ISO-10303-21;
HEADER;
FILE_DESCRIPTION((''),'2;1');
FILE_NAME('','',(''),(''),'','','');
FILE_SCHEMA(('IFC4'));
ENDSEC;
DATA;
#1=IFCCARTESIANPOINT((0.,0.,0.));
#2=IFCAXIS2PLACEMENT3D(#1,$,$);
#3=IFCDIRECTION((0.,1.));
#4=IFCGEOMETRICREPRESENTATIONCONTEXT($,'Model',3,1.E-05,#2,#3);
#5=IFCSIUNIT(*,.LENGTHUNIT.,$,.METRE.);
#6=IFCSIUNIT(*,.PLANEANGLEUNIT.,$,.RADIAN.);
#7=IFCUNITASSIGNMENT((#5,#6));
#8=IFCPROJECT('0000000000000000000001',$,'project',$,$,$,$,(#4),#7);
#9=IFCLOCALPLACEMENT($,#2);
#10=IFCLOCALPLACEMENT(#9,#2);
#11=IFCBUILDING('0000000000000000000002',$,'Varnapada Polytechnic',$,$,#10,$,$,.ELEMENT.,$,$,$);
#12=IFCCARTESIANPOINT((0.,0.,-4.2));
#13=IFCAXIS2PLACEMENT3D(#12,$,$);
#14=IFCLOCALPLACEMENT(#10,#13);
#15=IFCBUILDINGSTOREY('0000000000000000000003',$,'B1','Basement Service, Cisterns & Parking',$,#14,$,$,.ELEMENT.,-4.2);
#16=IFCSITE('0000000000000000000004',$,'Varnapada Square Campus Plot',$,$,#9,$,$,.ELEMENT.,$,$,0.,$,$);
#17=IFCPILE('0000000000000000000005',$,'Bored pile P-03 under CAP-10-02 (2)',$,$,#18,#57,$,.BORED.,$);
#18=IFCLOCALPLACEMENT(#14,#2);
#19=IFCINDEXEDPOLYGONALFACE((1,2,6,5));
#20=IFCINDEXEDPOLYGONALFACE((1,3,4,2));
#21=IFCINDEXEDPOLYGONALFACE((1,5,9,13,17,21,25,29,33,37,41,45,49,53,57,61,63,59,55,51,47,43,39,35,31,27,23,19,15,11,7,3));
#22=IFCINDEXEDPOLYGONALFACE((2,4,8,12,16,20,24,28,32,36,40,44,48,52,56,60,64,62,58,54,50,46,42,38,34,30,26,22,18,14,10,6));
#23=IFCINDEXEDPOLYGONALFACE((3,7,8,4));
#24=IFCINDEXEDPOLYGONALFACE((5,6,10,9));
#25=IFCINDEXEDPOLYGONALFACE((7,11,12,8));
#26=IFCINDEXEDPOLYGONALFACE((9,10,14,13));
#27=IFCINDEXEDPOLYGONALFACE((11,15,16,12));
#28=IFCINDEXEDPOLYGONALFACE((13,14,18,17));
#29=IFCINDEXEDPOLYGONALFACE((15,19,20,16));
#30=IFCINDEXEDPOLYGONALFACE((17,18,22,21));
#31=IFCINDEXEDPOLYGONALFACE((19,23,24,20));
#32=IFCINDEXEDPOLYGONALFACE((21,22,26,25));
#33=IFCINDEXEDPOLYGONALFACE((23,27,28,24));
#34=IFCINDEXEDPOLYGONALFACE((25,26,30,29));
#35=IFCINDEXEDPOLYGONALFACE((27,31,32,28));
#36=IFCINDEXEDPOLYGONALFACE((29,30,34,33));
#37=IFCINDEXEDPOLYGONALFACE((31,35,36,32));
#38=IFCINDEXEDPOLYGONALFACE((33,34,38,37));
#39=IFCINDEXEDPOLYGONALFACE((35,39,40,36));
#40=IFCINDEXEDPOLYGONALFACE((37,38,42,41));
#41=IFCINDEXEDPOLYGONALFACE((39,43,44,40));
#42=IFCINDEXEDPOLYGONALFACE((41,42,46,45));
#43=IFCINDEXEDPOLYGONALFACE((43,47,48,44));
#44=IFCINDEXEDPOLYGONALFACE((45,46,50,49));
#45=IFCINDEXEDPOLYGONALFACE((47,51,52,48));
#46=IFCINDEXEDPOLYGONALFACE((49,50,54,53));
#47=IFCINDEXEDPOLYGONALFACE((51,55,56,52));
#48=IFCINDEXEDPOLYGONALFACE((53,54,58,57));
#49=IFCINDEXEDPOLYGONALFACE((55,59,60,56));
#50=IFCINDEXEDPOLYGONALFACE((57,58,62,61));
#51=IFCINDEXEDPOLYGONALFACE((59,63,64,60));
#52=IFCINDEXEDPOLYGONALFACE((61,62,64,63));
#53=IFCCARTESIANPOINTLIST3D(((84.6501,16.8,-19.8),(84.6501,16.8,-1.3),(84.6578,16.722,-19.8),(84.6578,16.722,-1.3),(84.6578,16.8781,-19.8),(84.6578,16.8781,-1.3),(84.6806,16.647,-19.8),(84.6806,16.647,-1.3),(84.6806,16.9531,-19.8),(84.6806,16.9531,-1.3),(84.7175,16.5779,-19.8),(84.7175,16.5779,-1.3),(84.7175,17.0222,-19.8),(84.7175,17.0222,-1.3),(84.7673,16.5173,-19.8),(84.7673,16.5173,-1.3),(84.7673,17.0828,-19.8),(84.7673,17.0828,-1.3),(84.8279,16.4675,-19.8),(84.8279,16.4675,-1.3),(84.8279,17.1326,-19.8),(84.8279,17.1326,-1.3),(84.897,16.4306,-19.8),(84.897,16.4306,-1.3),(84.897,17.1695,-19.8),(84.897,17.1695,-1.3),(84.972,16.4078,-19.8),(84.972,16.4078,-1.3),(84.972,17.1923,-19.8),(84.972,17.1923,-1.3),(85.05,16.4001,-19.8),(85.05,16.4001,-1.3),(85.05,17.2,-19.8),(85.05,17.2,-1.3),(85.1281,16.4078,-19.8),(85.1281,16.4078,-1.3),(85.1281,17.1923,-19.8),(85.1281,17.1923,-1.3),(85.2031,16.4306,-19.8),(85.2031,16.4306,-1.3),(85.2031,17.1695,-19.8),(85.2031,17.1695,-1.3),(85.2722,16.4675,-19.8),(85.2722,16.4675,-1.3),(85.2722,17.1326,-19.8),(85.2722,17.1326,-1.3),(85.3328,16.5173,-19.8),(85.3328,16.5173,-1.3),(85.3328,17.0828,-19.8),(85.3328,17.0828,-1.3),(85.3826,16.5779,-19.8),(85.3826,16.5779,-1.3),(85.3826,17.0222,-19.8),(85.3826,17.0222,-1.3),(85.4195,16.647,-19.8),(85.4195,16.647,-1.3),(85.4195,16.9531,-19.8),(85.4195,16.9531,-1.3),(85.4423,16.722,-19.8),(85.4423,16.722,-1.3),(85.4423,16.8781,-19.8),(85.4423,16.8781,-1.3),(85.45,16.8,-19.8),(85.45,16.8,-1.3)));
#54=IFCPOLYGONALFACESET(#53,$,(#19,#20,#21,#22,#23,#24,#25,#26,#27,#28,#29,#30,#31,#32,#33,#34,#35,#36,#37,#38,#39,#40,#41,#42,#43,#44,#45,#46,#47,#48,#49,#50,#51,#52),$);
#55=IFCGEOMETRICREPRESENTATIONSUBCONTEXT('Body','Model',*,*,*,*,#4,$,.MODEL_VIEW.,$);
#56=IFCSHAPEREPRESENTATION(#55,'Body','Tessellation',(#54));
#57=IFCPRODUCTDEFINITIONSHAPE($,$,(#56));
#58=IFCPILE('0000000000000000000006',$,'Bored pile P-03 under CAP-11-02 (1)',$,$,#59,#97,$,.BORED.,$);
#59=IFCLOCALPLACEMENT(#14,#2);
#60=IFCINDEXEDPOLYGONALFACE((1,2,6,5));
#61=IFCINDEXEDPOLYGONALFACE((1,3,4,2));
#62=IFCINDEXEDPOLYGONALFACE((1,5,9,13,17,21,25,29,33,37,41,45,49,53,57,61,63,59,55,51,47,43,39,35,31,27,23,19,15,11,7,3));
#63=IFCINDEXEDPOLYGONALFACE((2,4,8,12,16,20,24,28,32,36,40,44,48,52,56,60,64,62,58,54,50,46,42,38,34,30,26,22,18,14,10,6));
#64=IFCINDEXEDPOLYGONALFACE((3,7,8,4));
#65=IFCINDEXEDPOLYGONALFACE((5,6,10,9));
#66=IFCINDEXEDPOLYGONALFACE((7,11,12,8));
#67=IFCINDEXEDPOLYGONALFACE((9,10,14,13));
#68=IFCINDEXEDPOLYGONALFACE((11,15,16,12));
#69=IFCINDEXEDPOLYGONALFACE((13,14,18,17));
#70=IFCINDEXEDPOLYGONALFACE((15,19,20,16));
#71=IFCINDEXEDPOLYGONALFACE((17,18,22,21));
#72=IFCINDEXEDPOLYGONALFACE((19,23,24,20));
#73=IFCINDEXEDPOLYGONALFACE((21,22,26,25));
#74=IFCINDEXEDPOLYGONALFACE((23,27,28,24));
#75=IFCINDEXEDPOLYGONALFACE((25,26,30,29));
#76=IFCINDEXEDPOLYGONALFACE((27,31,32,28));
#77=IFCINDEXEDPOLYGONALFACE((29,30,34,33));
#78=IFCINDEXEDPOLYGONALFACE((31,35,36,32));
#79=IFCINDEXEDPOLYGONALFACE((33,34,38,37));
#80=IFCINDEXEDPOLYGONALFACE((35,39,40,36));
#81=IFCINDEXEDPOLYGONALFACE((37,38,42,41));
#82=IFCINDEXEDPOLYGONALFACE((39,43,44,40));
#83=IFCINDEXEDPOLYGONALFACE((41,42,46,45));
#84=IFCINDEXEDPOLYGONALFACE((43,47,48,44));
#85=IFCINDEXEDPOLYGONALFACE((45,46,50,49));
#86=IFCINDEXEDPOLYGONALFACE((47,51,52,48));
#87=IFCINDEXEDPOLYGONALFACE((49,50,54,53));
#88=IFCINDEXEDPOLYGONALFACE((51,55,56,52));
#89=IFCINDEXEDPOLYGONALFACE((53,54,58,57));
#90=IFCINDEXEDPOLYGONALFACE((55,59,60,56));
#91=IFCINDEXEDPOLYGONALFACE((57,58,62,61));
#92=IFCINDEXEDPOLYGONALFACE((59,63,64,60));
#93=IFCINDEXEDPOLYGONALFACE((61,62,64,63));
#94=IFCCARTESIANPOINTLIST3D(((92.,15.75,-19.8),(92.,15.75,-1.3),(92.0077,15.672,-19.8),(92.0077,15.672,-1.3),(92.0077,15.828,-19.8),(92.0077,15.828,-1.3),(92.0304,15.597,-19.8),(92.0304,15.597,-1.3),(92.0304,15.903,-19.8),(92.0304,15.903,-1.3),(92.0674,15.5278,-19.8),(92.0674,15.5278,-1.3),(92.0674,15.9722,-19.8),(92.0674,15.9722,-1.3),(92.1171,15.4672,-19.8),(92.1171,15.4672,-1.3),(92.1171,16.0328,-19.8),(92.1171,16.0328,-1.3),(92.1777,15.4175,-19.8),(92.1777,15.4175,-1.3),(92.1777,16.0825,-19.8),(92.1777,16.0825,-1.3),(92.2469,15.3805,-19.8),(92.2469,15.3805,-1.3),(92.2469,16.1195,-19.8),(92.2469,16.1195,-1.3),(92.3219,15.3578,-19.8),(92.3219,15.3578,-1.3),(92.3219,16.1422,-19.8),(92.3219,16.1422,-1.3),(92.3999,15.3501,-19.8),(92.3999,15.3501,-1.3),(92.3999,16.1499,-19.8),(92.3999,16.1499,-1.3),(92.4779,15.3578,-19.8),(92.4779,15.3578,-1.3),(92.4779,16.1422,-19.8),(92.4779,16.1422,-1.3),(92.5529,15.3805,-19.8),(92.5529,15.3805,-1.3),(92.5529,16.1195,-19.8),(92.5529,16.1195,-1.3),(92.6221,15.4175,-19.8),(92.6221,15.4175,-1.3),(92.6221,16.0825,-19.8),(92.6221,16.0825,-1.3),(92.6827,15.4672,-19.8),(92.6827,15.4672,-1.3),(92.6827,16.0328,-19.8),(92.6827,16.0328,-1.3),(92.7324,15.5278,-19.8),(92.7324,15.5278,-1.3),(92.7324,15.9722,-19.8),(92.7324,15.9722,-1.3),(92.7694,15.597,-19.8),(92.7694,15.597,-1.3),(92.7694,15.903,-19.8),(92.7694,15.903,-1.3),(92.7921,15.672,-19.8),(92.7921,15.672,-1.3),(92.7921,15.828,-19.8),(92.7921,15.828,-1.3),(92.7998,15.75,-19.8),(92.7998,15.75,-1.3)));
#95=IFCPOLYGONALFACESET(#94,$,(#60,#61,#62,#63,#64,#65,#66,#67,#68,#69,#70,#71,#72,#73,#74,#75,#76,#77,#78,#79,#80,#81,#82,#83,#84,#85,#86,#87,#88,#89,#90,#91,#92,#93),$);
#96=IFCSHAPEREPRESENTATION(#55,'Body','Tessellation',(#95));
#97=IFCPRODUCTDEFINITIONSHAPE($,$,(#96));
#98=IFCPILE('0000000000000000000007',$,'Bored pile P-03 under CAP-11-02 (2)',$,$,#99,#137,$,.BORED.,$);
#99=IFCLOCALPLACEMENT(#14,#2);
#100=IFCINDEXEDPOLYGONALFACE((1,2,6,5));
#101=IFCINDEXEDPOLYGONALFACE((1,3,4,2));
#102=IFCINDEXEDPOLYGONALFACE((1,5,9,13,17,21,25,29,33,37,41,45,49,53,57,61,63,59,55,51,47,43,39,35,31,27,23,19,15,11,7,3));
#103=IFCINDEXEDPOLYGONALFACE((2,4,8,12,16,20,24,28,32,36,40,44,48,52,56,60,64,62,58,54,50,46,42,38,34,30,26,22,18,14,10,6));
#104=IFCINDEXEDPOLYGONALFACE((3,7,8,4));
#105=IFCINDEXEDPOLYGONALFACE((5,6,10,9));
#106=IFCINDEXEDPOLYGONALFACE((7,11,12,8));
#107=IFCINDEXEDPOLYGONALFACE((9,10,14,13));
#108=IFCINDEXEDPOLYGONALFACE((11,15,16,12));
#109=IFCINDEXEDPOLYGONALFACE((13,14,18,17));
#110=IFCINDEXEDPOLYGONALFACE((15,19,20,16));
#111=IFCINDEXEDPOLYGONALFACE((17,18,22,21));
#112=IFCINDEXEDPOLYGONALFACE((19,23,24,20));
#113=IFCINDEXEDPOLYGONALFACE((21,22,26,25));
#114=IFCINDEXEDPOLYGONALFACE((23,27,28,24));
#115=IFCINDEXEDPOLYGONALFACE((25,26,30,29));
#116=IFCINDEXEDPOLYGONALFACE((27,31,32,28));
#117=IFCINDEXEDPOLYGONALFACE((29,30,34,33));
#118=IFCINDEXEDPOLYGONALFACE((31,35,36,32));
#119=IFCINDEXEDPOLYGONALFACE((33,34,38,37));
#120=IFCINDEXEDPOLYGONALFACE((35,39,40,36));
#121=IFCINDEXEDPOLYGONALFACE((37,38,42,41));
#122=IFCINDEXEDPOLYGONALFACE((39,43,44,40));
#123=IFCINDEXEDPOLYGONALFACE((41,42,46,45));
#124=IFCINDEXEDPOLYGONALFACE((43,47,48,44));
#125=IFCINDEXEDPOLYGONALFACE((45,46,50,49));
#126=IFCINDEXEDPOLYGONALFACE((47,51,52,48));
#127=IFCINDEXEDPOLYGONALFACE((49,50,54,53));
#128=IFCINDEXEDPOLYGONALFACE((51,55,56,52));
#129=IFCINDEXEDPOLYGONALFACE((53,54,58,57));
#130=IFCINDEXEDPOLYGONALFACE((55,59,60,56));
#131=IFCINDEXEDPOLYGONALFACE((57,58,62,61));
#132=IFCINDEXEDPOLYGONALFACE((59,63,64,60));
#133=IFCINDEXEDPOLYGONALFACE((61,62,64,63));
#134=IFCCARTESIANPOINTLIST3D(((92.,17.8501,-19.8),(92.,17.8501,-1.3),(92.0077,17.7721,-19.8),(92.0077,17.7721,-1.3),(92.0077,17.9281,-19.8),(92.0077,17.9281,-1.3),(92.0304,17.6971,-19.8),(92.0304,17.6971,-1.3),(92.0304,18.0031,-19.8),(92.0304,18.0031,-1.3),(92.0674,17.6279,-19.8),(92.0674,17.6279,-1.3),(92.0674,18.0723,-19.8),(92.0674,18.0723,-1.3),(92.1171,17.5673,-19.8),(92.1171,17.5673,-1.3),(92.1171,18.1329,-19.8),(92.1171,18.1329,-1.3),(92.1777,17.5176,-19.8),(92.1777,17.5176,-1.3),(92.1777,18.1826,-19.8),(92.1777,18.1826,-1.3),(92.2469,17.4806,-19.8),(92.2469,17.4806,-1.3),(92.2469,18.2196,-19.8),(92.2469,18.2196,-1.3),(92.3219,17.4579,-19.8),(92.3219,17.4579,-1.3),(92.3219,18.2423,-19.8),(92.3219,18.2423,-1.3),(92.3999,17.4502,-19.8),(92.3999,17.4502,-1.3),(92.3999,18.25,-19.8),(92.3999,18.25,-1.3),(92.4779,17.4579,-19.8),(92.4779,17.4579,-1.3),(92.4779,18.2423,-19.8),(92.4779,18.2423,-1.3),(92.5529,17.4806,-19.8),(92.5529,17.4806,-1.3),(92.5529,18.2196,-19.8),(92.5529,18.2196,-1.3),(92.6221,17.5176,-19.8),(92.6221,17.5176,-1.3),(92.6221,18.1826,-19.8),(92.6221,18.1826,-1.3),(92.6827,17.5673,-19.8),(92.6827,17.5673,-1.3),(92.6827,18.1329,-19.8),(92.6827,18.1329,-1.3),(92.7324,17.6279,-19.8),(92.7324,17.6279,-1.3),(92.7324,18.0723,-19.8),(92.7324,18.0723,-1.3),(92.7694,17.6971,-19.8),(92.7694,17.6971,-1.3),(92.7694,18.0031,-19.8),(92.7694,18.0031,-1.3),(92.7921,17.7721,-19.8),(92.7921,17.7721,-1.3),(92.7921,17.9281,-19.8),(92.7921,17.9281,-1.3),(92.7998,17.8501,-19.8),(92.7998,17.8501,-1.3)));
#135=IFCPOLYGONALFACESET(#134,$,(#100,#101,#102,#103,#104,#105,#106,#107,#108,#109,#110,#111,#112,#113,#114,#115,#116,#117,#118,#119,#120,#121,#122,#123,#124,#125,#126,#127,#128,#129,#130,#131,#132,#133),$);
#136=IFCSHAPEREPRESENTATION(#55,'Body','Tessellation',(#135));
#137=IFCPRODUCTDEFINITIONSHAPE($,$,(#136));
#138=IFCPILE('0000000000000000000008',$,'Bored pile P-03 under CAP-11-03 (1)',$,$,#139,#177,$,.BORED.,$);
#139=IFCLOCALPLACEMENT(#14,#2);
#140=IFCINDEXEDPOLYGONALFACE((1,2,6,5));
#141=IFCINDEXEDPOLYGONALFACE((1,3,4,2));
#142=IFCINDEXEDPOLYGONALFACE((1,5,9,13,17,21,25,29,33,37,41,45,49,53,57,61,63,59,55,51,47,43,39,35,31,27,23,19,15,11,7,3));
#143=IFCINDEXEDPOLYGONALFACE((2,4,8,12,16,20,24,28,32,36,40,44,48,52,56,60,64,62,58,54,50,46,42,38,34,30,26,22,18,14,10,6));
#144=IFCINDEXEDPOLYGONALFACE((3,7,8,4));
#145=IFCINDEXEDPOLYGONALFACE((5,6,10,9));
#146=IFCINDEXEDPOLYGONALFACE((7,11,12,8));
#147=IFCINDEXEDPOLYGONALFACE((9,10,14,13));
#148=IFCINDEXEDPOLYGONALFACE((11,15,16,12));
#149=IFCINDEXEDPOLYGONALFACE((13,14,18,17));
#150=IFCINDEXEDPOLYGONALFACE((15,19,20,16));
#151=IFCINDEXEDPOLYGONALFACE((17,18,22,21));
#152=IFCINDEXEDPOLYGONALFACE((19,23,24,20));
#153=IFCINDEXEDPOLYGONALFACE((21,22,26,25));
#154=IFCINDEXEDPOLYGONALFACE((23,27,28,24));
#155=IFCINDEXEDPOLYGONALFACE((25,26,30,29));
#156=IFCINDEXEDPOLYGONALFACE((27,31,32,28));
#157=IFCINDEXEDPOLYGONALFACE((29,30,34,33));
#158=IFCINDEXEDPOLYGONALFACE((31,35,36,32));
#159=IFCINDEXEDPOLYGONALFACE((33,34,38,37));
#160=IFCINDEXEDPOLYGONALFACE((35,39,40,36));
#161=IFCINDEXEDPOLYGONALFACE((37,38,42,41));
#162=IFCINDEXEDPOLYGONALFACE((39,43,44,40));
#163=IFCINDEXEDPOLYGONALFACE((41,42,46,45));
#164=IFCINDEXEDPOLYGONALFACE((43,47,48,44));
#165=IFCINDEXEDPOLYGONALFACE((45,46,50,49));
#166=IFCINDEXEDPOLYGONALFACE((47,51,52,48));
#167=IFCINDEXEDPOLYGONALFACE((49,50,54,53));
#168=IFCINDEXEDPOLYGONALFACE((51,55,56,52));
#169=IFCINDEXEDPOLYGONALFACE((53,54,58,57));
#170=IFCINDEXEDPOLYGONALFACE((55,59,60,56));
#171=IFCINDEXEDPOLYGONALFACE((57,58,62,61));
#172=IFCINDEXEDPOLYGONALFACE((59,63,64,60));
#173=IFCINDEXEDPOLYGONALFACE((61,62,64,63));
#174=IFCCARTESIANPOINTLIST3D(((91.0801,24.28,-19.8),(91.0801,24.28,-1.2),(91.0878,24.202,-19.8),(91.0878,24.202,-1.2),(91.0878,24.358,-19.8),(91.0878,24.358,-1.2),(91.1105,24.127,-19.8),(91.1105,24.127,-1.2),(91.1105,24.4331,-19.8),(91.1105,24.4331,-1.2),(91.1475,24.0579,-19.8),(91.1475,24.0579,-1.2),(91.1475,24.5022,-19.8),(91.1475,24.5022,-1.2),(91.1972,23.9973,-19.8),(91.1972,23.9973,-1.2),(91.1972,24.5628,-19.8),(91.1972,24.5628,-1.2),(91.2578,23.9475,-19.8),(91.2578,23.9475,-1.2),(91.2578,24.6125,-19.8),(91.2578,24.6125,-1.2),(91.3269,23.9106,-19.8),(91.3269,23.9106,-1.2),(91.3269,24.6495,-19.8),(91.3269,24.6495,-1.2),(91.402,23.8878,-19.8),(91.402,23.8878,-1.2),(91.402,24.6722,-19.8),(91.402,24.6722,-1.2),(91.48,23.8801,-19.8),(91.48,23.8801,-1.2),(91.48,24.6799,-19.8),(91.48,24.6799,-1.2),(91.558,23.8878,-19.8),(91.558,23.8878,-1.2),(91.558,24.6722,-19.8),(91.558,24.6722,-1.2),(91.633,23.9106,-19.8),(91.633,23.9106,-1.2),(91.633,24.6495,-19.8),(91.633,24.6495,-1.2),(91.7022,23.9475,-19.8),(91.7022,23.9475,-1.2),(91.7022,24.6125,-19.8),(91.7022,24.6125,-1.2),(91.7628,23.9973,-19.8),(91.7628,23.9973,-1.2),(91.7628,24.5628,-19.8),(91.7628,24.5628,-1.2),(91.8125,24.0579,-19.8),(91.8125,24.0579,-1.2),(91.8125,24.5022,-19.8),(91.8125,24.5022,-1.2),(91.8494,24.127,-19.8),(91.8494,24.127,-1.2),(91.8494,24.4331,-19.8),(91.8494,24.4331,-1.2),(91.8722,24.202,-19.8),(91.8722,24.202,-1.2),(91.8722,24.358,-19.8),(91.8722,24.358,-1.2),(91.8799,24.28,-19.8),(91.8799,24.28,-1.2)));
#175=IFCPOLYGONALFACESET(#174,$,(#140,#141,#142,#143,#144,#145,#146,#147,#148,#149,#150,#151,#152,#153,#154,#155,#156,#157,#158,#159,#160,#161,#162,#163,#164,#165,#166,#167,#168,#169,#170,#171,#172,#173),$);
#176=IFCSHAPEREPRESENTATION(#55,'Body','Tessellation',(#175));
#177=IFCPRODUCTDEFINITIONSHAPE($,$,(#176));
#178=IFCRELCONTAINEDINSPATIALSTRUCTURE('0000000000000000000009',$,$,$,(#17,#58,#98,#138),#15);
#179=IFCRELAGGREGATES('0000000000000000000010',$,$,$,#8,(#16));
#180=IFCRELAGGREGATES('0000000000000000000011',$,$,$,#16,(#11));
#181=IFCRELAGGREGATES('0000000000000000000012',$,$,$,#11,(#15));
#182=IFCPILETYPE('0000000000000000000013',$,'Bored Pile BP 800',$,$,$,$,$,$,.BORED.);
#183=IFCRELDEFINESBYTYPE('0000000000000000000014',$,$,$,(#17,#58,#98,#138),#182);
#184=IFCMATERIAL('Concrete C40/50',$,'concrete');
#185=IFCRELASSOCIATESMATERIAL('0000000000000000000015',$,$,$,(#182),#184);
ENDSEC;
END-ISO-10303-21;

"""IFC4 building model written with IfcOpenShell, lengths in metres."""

from ifc_helpers import new_model, si_unit, direction, frame, origin, origin_2d, place, context, subcontext, project, spatial, circle, extrude, material, material_profile, profile_set, type_object, element, save


model = new_model("IFC4")

# Units and contexts
model_context = context("Model", 3, precision=1e-05, world=origin(), true_north=direction((0.0, 1.0)))
body_context = subcontext(model_context, "Body", "Model", "MODEL_VIEW")
ifc_project = project(units=[si_unit("LENGTHUNIT", "METRE"), si_unit("PLANEANGLEUNIT", "RADIAN")], contexts=[model_context])

# Site, building, storey
site_placement = place(None, origin())
site = spatial("IfcSite", under=ifc_project, at=site_placement, Name="Varnapada Square Campus Plot", CompositionType="ELEMENT", RefElevation=0.0)
building_placement = place(site_placement, origin())
building = spatial("IfcBuilding", under=site, at=building_placement, Name="Varnapada Polytechnic", CompositionType="ELEMENT")
storey_placement = place(building_placement, frame((0.0, 0.0, -4.2)))
storey = spatial("IfcBuildingStorey", under=building, at=storey_placement, Name="B1", Description="Basement Service, Cisterns & Parking", CompositionType="ELEMENT", Elevation=-4.2)

# Piles
ifc_material_1 = material(Name="Concrete C40/50", Category="concrete")
ifc_material_profile_1 = material_profile(ifc_material_1, circle(Radius=0.3999, at=origin_2d()), Name="BP 800")
ifc_profile_set_1 = profile_set([ifc_material_profile_1], Name="Concrete C40/50")
pile_type = type_object("IfcPileType", Name="Bored Pile BP 800", PredefinedType="BORED", material=ifc_profile_set_1)
for number, where, z_axis, x_axis, name in (
    (1, (85.05, 16.8, -1.3), (0.0, 0.0, -1.0), (1.0, 0.0, 0.0), "Bored pile P-03 under CAP-10-02 (2)"),
    (2, (92.3999, 15.75, -1.3), (0.0, 0.0, -1.0), (1.0, 0.0, 0.0), "Bored pile P-03 under CAP-11-02 (1)"),
    (3, (92.3999, 17.8501, -1.3), (0.0, 0.0, -1.0), (1.0, 0.0, 0.0), "Bored pile P-03 under CAP-11-02 (2)"),
):
    element("IfcPile", number, at=place(storey_placement, frame(where, z_axis=z_axis, x_axis=x_axis)), inside=storey, type_object=pile_type, Name=name, PredefinedType="BORED", context=body_context, shape_type="SweptSolid", body=[
        extrude(circle(Radius=0.3999, at=origin_2d()), origin(), (0.0, 0.0, 1.0), 18.5),
    ])
for number, where, z_axis, x_axis, name in (
    (4, (91.48, 24.28, -1.2), (0.0, 0.0, -1.0), (1.0, 0.0, 0.0), "Bored pile P-03 under CAP-11-03 (1)"),
):
    element("IfcPile", number, at=place(storey_placement, frame(where, z_axis=z_axis, x_axis=x_axis)), inside=storey, type_object=pile_type, Name=name, PredefinedType="BORED", context=body_context, shape_type="SweptSolid", body=[
        extrude(circle(Radius=0.3999, at=origin_2d()), origin(), (0.0, 0.0, 1.0), 18.6001),
    ])

save(model, "model.ifc")
